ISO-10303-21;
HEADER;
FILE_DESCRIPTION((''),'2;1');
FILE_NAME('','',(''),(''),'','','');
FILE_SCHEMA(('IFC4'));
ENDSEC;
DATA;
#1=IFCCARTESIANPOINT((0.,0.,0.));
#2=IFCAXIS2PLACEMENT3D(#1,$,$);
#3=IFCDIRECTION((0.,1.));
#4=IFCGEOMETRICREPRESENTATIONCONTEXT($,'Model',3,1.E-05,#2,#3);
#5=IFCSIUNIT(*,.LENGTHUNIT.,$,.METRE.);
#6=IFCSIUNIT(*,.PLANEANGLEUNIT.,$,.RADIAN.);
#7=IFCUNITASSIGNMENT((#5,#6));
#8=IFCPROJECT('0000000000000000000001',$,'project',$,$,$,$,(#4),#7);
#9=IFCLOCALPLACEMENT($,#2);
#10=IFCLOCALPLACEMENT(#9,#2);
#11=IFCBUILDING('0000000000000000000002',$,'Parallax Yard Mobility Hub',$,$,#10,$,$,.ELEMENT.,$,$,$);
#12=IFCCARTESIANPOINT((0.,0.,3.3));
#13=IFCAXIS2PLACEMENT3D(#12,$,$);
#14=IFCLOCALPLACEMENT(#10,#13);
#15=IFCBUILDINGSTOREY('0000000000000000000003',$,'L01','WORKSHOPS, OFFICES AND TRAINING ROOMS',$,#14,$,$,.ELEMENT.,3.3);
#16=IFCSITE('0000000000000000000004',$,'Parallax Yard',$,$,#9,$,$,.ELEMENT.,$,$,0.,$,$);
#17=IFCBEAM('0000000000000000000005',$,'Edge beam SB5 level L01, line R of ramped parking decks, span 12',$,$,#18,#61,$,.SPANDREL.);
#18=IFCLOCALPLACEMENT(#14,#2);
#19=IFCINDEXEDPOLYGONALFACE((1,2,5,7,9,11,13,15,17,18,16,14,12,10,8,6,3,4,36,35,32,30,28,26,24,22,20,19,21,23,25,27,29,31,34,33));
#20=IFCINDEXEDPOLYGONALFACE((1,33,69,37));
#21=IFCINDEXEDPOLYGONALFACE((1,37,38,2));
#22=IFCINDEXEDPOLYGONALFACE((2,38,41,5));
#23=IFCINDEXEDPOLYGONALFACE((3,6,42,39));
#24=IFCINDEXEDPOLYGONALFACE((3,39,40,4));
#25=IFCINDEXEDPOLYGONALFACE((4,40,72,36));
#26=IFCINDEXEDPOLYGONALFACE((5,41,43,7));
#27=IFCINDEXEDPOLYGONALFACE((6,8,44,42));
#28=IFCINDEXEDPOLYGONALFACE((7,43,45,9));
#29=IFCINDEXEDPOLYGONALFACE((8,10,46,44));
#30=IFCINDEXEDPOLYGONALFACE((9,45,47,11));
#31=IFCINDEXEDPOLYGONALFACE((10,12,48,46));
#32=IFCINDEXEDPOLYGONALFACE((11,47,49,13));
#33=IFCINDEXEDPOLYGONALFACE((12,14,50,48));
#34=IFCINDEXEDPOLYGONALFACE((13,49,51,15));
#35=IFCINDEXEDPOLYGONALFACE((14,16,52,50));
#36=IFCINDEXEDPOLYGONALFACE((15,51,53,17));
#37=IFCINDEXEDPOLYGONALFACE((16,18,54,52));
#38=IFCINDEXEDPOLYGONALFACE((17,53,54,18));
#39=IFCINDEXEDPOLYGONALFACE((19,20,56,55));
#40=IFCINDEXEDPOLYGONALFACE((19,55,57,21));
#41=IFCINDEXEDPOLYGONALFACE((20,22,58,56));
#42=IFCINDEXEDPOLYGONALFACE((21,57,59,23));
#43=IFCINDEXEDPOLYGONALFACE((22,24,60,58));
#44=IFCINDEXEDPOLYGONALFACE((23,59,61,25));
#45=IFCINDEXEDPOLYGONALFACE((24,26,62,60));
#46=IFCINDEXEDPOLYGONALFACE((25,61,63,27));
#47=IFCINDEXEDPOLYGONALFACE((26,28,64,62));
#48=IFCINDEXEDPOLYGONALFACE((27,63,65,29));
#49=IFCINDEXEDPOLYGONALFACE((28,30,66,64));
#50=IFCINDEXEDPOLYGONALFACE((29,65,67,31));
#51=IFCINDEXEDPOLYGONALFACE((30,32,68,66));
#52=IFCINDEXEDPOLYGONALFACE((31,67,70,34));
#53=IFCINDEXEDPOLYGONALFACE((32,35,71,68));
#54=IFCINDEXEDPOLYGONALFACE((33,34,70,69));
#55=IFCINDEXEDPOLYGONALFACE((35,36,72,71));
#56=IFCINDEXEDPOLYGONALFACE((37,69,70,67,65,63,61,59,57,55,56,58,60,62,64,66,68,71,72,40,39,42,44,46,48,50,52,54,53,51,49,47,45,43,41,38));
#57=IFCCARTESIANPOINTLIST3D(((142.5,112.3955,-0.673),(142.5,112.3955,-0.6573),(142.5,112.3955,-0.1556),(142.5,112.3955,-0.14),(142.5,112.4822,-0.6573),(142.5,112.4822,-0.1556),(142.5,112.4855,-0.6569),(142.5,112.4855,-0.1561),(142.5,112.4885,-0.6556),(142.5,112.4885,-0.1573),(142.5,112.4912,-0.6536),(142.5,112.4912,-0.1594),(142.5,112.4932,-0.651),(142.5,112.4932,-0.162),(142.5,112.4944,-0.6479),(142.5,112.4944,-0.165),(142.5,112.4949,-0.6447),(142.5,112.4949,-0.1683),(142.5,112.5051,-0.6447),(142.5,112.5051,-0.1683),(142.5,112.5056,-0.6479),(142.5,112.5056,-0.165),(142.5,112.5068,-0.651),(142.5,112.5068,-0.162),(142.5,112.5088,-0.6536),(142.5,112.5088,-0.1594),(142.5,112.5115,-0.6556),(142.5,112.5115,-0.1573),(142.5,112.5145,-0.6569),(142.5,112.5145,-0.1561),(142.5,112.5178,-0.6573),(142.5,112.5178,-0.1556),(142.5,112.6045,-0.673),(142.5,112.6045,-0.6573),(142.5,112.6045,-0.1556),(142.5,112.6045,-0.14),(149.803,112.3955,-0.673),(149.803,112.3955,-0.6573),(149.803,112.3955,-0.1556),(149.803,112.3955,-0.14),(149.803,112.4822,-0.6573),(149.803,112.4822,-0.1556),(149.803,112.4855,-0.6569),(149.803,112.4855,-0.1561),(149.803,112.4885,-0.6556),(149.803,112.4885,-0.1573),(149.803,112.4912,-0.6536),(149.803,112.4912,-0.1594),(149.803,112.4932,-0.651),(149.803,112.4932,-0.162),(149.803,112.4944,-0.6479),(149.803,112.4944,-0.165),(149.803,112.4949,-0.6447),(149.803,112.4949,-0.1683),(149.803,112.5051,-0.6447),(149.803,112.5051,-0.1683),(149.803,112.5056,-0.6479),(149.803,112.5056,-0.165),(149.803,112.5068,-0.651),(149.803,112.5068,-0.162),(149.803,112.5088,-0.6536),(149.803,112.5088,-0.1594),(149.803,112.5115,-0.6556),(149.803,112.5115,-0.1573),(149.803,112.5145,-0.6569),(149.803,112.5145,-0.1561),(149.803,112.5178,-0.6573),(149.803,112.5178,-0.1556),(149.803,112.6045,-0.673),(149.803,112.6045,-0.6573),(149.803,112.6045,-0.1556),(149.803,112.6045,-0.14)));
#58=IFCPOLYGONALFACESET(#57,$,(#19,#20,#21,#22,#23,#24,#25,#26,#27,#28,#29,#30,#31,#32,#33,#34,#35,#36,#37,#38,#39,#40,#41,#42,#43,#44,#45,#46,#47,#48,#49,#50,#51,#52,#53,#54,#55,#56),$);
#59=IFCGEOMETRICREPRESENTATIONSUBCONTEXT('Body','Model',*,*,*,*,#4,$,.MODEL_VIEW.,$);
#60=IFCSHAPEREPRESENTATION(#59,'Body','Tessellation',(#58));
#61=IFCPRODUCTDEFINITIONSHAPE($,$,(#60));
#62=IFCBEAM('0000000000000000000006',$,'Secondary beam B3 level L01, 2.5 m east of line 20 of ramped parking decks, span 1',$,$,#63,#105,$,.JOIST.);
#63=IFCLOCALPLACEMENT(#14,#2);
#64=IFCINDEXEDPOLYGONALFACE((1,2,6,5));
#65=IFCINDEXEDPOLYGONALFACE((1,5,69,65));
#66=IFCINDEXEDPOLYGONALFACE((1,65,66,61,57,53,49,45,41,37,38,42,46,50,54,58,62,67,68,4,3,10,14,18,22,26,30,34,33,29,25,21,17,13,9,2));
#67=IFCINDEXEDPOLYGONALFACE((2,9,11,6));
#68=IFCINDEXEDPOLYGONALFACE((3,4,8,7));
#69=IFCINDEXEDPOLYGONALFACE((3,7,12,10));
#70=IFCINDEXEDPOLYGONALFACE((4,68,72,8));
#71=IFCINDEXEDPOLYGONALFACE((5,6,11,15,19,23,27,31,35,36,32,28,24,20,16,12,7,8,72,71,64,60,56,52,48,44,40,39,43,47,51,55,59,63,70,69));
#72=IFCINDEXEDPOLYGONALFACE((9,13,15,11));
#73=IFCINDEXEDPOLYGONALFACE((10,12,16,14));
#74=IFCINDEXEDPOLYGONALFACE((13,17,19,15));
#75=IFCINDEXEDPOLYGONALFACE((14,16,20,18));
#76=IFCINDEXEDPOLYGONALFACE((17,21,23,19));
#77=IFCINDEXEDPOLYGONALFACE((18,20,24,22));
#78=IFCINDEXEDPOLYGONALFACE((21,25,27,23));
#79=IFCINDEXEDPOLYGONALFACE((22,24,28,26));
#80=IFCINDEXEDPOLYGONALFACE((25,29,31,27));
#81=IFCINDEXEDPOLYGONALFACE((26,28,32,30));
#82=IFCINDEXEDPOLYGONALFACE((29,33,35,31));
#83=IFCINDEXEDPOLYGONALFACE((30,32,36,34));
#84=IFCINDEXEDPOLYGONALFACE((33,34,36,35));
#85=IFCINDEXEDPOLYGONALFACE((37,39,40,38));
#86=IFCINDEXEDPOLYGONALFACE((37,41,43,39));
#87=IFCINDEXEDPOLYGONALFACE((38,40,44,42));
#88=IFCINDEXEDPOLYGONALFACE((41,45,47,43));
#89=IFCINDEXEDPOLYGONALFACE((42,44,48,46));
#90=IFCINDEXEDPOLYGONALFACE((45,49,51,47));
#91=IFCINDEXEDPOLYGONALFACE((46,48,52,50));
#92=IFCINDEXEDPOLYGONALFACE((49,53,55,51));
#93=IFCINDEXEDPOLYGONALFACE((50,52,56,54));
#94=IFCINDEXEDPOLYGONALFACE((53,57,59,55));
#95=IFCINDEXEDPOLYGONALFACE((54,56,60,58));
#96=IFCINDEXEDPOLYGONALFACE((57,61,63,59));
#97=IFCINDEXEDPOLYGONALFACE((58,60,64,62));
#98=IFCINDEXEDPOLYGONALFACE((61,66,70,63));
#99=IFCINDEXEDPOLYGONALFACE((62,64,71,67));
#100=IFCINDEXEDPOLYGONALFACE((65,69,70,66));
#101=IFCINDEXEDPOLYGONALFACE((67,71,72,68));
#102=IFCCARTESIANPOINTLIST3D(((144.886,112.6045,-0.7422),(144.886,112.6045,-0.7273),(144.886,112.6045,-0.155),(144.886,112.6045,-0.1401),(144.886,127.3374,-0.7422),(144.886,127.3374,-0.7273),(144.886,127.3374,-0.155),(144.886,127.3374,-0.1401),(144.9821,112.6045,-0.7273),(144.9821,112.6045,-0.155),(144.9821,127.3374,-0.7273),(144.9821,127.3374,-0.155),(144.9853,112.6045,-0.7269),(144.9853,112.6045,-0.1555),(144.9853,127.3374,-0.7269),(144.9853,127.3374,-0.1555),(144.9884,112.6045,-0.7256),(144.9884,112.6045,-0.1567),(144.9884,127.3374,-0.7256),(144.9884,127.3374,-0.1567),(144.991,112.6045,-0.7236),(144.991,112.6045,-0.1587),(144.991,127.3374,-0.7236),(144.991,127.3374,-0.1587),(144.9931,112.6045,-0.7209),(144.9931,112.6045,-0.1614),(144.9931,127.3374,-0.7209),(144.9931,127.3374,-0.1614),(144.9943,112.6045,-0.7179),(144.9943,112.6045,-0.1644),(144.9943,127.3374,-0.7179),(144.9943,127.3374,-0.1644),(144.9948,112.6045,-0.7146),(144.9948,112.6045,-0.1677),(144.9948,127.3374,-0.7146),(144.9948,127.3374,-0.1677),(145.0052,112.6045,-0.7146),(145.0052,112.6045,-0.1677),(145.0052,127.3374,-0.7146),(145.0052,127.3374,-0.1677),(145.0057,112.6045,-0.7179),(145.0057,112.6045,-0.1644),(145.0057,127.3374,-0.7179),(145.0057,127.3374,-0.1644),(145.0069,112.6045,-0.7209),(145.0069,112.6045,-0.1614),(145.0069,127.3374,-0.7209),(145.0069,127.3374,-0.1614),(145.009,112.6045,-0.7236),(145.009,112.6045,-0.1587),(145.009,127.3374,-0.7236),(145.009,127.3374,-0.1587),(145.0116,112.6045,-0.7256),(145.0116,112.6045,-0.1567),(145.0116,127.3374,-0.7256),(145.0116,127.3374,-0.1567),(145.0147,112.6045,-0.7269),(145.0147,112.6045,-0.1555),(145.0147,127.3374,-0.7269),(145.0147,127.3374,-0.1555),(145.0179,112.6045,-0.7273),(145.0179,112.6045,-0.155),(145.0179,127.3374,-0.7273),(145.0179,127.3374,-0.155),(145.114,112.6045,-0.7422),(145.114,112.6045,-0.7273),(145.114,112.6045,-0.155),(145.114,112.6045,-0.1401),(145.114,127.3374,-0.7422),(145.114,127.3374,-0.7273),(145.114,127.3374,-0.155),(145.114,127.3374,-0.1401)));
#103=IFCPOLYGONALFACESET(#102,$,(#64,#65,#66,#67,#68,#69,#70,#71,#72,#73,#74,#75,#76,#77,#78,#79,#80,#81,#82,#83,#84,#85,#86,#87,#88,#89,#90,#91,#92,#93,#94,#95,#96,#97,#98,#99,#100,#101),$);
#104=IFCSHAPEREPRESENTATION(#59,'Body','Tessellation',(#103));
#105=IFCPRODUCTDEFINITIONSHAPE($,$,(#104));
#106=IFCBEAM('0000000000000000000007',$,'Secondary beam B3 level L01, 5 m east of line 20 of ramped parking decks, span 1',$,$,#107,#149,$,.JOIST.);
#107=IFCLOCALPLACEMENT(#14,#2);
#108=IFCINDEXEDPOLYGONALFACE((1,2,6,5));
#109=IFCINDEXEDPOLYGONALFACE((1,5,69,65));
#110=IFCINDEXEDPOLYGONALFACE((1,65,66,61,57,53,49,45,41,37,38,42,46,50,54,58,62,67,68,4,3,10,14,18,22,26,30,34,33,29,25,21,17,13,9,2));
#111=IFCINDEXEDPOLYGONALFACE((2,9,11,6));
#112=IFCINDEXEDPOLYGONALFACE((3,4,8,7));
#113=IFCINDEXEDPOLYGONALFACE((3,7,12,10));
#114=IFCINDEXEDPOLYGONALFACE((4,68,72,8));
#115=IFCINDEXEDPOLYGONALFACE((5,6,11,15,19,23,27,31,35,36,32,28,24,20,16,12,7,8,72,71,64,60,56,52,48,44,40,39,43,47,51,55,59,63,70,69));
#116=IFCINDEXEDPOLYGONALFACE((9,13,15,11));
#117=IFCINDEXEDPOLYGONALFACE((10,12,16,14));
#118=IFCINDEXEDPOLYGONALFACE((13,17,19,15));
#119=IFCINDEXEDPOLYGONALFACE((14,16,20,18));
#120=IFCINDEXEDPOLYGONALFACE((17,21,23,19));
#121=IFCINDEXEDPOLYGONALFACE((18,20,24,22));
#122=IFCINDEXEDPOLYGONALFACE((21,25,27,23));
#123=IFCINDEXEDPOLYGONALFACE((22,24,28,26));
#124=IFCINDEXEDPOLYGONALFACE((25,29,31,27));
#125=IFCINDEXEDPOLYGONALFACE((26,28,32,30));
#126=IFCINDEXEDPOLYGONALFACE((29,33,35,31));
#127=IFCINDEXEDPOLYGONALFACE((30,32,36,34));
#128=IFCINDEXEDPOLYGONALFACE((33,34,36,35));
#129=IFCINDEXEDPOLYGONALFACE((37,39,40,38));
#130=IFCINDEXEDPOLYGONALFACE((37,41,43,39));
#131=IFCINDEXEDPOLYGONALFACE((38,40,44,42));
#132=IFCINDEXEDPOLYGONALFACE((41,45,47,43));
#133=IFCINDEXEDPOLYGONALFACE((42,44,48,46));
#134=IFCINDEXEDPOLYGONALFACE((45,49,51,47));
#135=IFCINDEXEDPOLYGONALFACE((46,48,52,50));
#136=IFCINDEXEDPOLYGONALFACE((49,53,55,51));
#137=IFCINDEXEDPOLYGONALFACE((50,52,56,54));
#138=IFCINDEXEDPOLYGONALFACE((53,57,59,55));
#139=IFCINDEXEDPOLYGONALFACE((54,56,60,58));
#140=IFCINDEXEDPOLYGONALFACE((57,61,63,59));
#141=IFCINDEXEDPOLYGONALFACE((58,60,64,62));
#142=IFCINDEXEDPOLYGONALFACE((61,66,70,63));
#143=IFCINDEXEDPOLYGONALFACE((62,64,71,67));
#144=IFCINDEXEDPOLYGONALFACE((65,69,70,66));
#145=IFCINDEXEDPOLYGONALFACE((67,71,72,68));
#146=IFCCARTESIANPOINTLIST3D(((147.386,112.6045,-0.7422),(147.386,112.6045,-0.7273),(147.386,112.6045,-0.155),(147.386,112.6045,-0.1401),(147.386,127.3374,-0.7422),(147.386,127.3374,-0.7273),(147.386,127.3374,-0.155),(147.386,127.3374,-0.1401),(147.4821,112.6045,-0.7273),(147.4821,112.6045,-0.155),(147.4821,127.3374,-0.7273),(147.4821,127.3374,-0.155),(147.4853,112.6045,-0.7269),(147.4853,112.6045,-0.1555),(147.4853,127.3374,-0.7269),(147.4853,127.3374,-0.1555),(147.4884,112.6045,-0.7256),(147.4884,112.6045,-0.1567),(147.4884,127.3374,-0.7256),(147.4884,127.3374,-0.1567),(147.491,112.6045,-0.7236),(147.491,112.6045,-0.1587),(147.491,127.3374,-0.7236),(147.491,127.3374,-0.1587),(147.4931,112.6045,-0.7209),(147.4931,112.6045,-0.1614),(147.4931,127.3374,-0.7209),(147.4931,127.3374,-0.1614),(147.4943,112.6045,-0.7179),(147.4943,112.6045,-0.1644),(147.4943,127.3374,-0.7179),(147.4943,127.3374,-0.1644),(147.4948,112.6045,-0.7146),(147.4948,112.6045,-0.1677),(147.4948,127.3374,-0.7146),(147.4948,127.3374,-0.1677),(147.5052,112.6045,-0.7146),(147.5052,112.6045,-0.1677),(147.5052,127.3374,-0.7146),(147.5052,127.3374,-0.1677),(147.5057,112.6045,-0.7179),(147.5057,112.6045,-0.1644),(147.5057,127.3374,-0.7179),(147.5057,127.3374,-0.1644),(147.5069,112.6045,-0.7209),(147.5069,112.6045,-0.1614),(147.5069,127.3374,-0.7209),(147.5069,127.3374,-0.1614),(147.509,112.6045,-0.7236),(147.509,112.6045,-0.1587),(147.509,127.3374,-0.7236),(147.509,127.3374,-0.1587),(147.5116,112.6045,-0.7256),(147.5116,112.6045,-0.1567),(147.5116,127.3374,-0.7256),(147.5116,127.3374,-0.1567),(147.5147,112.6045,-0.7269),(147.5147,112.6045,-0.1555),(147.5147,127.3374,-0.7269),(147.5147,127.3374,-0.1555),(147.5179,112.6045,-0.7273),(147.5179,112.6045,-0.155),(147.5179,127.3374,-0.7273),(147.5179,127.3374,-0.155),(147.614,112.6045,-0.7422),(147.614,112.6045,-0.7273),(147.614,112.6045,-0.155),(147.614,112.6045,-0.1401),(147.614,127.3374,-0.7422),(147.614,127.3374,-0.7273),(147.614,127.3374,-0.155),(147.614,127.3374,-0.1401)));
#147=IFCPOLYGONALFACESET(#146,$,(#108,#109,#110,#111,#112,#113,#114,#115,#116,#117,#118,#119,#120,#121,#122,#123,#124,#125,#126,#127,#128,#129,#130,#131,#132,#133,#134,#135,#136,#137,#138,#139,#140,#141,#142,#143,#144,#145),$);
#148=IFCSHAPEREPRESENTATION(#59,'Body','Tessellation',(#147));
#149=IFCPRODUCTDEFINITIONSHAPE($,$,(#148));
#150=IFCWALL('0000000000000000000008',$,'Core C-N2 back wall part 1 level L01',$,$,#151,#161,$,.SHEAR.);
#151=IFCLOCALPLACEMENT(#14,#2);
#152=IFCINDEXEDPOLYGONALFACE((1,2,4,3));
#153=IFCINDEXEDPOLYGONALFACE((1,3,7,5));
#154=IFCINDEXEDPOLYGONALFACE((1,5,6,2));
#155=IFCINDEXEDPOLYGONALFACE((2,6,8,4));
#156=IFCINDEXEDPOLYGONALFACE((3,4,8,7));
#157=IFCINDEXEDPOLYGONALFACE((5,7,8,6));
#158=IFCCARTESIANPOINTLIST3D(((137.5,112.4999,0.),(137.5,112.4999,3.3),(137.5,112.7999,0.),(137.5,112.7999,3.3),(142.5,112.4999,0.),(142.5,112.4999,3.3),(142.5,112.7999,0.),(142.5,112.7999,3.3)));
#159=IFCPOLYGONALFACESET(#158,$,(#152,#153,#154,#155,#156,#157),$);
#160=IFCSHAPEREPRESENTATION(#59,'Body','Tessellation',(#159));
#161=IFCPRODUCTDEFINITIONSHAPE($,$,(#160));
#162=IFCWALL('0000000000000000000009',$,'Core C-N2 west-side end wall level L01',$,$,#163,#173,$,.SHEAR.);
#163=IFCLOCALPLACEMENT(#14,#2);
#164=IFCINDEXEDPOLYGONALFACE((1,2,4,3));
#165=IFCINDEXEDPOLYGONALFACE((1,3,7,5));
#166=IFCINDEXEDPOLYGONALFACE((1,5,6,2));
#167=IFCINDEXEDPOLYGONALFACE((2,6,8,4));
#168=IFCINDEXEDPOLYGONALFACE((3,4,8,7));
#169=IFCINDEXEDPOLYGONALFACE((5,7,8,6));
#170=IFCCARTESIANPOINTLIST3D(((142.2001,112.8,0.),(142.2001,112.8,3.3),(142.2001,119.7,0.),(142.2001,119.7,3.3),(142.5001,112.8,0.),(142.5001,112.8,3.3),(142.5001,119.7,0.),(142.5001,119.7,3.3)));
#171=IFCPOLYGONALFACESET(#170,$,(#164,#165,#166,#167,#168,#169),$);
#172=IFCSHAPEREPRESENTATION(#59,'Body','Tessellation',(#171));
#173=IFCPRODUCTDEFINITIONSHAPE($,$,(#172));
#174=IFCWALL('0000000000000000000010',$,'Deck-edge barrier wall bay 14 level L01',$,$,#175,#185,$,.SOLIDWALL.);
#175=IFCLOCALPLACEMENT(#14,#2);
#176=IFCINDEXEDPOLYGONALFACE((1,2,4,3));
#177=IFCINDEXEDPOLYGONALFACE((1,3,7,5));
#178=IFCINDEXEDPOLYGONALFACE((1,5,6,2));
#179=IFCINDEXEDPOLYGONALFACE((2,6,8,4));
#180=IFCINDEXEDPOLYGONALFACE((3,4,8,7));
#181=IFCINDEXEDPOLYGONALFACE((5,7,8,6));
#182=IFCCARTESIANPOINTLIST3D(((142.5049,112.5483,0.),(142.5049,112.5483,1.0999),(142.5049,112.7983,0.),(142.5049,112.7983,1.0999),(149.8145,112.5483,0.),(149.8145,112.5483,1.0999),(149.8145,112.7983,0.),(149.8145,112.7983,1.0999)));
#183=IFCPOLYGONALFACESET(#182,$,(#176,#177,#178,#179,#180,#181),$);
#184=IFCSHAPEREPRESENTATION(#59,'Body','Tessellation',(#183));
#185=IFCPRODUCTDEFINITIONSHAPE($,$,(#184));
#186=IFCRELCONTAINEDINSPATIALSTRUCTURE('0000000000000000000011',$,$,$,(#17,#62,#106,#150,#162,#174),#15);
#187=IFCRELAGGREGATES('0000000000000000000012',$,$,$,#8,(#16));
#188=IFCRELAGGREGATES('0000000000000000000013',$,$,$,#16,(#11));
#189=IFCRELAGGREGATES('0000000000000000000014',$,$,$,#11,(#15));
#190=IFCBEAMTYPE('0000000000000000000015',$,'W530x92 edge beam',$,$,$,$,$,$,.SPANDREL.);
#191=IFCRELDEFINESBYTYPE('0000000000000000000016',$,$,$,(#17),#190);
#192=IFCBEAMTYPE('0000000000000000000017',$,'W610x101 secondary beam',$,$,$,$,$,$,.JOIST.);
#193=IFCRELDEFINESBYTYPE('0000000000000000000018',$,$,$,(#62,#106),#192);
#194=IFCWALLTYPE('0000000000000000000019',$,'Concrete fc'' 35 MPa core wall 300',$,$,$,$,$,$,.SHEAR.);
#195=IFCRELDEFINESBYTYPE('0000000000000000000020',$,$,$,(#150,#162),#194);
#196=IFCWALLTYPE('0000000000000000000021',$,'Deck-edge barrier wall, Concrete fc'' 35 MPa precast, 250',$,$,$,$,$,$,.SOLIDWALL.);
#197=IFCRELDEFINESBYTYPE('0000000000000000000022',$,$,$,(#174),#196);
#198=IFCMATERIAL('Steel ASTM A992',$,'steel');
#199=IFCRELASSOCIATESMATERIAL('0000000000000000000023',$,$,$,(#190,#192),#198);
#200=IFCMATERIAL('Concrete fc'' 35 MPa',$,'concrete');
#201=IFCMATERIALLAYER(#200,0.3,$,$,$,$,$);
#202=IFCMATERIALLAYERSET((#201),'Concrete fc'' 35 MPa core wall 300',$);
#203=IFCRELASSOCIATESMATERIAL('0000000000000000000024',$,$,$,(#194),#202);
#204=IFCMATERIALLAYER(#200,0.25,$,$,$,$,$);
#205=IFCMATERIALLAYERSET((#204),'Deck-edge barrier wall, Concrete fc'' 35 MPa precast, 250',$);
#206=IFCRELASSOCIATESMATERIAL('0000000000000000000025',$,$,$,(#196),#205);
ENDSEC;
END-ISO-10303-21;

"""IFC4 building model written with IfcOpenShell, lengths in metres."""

from ifc_helpers import new_model, si_unit, direction, frame, frame_2d, origin, origin_2d, place, context, subcontext, project, spatial, rectangle, i_section, extrude, material, layer, layer_set, material_profile, profile_set, type_object, element, save


model = new_model("IFC4")

# Units and contexts
model_context = context("Model", 3, precision=1e-05, world=origin(), true_north=direction((0.0, 1.0)))
body_context = subcontext(model_context, "Body", "Model", "MODEL_VIEW")
ifc_project = project(units=[si_unit("LENGTHUNIT", "METRE"), si_unit("PLANEANGLEUNIT", "RADIAN")], contexts=[model_context])

# Site, building, storey
site_placement = place(None, origin())
site = spatial("IfcSite", under=ifc_project, at=site_placement, Name="Parallax Yard", CompositionType="ELEMENT", RefElevation=0.0)
building_placement = place(site_placement, origin())
building = spatial("IfcBuilding", under=site, at=building_placement, Name="Parallax Yard Mobility Hub", CompositionType="ELEMENT")
storey_placement = place(building_placement, frame((0.0, 0.0, 3.3)))
storey = spatial("IfcBuildingStorey", under=building, at=storey_placement, Name="L01", Description="WORKSHOPS, OFFICES AND TRAINING ROOMS", CompositionType="ELEMENT", Elevation=3.3)

# Beams
ifc_material_1 = material(Name="Steel ASTM A992", Category="steel")
ifc_material_profile_1 = material_profile(ifc_material_1, i_section(OverallWidth=0.209, OverallDepth=0.533, WebThickness=0.0103, FlangeThickness=0.0156, FilletRadius=0.0127, at=origin_2d()), Name="W530x92")
ifc_profile_set_1 = profile_set([ifc_material_profile_1], Name="Steel ASTM A992")
beam_type_1 = type_object("IfcBeamType", Name="W530x92 edge beam", PredefinedType="SPANDREL", material=ifc_profile_set_1)
beam_placement = place(storey_placement, frame((142.5, 112.5, -0.4065), z_axis=(1.0, 0.0, 0.0), x_axis=(0.0, 1.0, 0.0)))
element("IfcBeam", 1, at=beam_placement, inside=storey, type_object=beam_type_1, Name="Edge beam SB5 level L01, line R of ramped parking decks, span 12", PredefinedType="SPANDREL", context=body_context, shape_type="SweptSolid", body=[
    extrude(i_section(OverallWidth=0.209, OverallDepth=0.533, WebThickness=0.0103, FlangeThickness=0.0156, FilletRadius=0.0127, at=origin_2d()), origin(), (0.0, 0.0, 1.0), 7.303),
])
ifc_material_profile_2 = material_profile(ifc_material_1, i_section(OverallWidth=0.228, OverallDepth=0.6021, WebThickness=0.0105, FlangeThickness=0.0149, FilletRadius=0.0127, at=origin_2d()), Name="W610x101")
ifc_profile_set_2 = profile_set([ifc_material_profile_2], Name="Steel ASTM A992")
beam_type_2 = type_object("IfcBeamType", Name="W610x101 secondary beam", PredefinedType="JOIST", material=ifc_profile_set_2)
for number, where, z_axis, x_axis, name in (
    (2, (145.0, 112.6045, -0.4412), (0.0, 1.0, 0.0), (-1.0, 0.0, 0.0), "Secondary beam B3 level L01, 2.5 m east of line 20 of ramped parking decks, span 1"),
    (3, (147.5, 112.6045, -0.4412), (0.0, 1.0, 0.0), (-1.0, 0.0, 0.0), "Secondary beam B3 level L01, 5 m east of line 20 of ramped parking decks, span 1"),
):
    element("IfcBeam", number, at=place(storey_placement, frame(where, z_axis=z_axis, x_axis=x_axis)), inside=storey, type_object=beam_type_2, Name=name, PredefinedType="JOIST", context=body_context, shape_type="SweptSolid", body=[
        extrude(i_section(OverallWidth=0.228, OverallDepth=0.6021, WebThickness=0.0105, FlangeThickness=0.0149, FilletRadius=0.0127, at=origin_2d()), origin(), (0.0, 0.0, 1.0), 14.7329),
    ])

# Walls
ifc_material_2 = material(Name="Concrete fc' 35 MPa", Category="concrete")
ifc_layer_1 = layer(ifc_material_2, 0.3)
ifc_layer_set_1 = layer_set([ifc_layer_1], Name="Concrete fc' 35 MPa core wall 300")
wall_type_1 = type_object("IfcWallType", Name="Concrete fc' 35 MPa core wall 300", PredefinedType="SHEAR", material=ifc_layer_set_1)
wall_1_placement = place(storey_placement, frame((142.5, 112.6499, 0.0), z_axis=(0.0, 0.0, 1.0), x_axis=(-1.0, 0.0, 0.0)))
element("IfcWall", 4, at=wall_1_placement, inside=storey, type_object=wall_type_1, Name="Core C-N2 back wall part 1 level L01", PredefinedType="SHEAR", context=body_context, shape_type="SweptSolid", body=[
    extrude(rectangle(XDim=5.0, YDim=0.3, at=frame_2d((2.5, 0.0))), origin(), (0.0, 0.0, 1.0), 3.3),
])
wall_2_placement = place(storey_placement, frame((142.3501, 119.7, 0.0), z_axis=(0.0, 0.0, 1.0), x_axis=(0.0, -1.0, 0.0)))
element("IfcWall", 5, at=wall_2_placement, inside=storey, type_object=wall_type_1, Name="Core C-N2 west-side end wall level L01", PredefinedType="SHEAR", context=body_context, shape_type="SweptSolid", body=[
    extrude(rectangle(XDim=6.8999, YDim=0.3, at=frame_2d((3.45, 0.0))), origin(), (0.0, 0.0, 1.0), 3.3),
])
ifc_layer_2 = layer(ifc_material_2, 0.25)
ifc_layer_set_2 = layer_set([ifc_layer_2], Name="Deck-edge barrier wall, Concrete fc' 35 MPa precast, 250")
wall_type_2 = type_object("IfcWallType", Name="Deck-edge barrier wall, Concrete fc' 35 MPa precast, 250", PredefinedType="SOLIDWALL", material=ifc_layer_set_2)
wall_3_placement = place(storey_placement, frame((142.5049, 112.6733, 0.0), z_axis=(0.0, 0.0, 1.0), x_axis=(1.0, 0.0, 0.0)))
element("IfcWall", 6, at=wall_3_placement, inside=storey, type_object=wall_type_2, Name="Deck-edge barrier wall bay 14 level L01", PredefinedType="SOLIDWALL", context=body_context, shape_type="SweptSolid", body=[
    extrude(rectangle(XDim=7.3096, YDim=0.25, at=frame_2d((3.6548, 0.0))), origin(), (0.0, 0.0, 1.0), 1.0999),
])

save(model, "model.ifc")
